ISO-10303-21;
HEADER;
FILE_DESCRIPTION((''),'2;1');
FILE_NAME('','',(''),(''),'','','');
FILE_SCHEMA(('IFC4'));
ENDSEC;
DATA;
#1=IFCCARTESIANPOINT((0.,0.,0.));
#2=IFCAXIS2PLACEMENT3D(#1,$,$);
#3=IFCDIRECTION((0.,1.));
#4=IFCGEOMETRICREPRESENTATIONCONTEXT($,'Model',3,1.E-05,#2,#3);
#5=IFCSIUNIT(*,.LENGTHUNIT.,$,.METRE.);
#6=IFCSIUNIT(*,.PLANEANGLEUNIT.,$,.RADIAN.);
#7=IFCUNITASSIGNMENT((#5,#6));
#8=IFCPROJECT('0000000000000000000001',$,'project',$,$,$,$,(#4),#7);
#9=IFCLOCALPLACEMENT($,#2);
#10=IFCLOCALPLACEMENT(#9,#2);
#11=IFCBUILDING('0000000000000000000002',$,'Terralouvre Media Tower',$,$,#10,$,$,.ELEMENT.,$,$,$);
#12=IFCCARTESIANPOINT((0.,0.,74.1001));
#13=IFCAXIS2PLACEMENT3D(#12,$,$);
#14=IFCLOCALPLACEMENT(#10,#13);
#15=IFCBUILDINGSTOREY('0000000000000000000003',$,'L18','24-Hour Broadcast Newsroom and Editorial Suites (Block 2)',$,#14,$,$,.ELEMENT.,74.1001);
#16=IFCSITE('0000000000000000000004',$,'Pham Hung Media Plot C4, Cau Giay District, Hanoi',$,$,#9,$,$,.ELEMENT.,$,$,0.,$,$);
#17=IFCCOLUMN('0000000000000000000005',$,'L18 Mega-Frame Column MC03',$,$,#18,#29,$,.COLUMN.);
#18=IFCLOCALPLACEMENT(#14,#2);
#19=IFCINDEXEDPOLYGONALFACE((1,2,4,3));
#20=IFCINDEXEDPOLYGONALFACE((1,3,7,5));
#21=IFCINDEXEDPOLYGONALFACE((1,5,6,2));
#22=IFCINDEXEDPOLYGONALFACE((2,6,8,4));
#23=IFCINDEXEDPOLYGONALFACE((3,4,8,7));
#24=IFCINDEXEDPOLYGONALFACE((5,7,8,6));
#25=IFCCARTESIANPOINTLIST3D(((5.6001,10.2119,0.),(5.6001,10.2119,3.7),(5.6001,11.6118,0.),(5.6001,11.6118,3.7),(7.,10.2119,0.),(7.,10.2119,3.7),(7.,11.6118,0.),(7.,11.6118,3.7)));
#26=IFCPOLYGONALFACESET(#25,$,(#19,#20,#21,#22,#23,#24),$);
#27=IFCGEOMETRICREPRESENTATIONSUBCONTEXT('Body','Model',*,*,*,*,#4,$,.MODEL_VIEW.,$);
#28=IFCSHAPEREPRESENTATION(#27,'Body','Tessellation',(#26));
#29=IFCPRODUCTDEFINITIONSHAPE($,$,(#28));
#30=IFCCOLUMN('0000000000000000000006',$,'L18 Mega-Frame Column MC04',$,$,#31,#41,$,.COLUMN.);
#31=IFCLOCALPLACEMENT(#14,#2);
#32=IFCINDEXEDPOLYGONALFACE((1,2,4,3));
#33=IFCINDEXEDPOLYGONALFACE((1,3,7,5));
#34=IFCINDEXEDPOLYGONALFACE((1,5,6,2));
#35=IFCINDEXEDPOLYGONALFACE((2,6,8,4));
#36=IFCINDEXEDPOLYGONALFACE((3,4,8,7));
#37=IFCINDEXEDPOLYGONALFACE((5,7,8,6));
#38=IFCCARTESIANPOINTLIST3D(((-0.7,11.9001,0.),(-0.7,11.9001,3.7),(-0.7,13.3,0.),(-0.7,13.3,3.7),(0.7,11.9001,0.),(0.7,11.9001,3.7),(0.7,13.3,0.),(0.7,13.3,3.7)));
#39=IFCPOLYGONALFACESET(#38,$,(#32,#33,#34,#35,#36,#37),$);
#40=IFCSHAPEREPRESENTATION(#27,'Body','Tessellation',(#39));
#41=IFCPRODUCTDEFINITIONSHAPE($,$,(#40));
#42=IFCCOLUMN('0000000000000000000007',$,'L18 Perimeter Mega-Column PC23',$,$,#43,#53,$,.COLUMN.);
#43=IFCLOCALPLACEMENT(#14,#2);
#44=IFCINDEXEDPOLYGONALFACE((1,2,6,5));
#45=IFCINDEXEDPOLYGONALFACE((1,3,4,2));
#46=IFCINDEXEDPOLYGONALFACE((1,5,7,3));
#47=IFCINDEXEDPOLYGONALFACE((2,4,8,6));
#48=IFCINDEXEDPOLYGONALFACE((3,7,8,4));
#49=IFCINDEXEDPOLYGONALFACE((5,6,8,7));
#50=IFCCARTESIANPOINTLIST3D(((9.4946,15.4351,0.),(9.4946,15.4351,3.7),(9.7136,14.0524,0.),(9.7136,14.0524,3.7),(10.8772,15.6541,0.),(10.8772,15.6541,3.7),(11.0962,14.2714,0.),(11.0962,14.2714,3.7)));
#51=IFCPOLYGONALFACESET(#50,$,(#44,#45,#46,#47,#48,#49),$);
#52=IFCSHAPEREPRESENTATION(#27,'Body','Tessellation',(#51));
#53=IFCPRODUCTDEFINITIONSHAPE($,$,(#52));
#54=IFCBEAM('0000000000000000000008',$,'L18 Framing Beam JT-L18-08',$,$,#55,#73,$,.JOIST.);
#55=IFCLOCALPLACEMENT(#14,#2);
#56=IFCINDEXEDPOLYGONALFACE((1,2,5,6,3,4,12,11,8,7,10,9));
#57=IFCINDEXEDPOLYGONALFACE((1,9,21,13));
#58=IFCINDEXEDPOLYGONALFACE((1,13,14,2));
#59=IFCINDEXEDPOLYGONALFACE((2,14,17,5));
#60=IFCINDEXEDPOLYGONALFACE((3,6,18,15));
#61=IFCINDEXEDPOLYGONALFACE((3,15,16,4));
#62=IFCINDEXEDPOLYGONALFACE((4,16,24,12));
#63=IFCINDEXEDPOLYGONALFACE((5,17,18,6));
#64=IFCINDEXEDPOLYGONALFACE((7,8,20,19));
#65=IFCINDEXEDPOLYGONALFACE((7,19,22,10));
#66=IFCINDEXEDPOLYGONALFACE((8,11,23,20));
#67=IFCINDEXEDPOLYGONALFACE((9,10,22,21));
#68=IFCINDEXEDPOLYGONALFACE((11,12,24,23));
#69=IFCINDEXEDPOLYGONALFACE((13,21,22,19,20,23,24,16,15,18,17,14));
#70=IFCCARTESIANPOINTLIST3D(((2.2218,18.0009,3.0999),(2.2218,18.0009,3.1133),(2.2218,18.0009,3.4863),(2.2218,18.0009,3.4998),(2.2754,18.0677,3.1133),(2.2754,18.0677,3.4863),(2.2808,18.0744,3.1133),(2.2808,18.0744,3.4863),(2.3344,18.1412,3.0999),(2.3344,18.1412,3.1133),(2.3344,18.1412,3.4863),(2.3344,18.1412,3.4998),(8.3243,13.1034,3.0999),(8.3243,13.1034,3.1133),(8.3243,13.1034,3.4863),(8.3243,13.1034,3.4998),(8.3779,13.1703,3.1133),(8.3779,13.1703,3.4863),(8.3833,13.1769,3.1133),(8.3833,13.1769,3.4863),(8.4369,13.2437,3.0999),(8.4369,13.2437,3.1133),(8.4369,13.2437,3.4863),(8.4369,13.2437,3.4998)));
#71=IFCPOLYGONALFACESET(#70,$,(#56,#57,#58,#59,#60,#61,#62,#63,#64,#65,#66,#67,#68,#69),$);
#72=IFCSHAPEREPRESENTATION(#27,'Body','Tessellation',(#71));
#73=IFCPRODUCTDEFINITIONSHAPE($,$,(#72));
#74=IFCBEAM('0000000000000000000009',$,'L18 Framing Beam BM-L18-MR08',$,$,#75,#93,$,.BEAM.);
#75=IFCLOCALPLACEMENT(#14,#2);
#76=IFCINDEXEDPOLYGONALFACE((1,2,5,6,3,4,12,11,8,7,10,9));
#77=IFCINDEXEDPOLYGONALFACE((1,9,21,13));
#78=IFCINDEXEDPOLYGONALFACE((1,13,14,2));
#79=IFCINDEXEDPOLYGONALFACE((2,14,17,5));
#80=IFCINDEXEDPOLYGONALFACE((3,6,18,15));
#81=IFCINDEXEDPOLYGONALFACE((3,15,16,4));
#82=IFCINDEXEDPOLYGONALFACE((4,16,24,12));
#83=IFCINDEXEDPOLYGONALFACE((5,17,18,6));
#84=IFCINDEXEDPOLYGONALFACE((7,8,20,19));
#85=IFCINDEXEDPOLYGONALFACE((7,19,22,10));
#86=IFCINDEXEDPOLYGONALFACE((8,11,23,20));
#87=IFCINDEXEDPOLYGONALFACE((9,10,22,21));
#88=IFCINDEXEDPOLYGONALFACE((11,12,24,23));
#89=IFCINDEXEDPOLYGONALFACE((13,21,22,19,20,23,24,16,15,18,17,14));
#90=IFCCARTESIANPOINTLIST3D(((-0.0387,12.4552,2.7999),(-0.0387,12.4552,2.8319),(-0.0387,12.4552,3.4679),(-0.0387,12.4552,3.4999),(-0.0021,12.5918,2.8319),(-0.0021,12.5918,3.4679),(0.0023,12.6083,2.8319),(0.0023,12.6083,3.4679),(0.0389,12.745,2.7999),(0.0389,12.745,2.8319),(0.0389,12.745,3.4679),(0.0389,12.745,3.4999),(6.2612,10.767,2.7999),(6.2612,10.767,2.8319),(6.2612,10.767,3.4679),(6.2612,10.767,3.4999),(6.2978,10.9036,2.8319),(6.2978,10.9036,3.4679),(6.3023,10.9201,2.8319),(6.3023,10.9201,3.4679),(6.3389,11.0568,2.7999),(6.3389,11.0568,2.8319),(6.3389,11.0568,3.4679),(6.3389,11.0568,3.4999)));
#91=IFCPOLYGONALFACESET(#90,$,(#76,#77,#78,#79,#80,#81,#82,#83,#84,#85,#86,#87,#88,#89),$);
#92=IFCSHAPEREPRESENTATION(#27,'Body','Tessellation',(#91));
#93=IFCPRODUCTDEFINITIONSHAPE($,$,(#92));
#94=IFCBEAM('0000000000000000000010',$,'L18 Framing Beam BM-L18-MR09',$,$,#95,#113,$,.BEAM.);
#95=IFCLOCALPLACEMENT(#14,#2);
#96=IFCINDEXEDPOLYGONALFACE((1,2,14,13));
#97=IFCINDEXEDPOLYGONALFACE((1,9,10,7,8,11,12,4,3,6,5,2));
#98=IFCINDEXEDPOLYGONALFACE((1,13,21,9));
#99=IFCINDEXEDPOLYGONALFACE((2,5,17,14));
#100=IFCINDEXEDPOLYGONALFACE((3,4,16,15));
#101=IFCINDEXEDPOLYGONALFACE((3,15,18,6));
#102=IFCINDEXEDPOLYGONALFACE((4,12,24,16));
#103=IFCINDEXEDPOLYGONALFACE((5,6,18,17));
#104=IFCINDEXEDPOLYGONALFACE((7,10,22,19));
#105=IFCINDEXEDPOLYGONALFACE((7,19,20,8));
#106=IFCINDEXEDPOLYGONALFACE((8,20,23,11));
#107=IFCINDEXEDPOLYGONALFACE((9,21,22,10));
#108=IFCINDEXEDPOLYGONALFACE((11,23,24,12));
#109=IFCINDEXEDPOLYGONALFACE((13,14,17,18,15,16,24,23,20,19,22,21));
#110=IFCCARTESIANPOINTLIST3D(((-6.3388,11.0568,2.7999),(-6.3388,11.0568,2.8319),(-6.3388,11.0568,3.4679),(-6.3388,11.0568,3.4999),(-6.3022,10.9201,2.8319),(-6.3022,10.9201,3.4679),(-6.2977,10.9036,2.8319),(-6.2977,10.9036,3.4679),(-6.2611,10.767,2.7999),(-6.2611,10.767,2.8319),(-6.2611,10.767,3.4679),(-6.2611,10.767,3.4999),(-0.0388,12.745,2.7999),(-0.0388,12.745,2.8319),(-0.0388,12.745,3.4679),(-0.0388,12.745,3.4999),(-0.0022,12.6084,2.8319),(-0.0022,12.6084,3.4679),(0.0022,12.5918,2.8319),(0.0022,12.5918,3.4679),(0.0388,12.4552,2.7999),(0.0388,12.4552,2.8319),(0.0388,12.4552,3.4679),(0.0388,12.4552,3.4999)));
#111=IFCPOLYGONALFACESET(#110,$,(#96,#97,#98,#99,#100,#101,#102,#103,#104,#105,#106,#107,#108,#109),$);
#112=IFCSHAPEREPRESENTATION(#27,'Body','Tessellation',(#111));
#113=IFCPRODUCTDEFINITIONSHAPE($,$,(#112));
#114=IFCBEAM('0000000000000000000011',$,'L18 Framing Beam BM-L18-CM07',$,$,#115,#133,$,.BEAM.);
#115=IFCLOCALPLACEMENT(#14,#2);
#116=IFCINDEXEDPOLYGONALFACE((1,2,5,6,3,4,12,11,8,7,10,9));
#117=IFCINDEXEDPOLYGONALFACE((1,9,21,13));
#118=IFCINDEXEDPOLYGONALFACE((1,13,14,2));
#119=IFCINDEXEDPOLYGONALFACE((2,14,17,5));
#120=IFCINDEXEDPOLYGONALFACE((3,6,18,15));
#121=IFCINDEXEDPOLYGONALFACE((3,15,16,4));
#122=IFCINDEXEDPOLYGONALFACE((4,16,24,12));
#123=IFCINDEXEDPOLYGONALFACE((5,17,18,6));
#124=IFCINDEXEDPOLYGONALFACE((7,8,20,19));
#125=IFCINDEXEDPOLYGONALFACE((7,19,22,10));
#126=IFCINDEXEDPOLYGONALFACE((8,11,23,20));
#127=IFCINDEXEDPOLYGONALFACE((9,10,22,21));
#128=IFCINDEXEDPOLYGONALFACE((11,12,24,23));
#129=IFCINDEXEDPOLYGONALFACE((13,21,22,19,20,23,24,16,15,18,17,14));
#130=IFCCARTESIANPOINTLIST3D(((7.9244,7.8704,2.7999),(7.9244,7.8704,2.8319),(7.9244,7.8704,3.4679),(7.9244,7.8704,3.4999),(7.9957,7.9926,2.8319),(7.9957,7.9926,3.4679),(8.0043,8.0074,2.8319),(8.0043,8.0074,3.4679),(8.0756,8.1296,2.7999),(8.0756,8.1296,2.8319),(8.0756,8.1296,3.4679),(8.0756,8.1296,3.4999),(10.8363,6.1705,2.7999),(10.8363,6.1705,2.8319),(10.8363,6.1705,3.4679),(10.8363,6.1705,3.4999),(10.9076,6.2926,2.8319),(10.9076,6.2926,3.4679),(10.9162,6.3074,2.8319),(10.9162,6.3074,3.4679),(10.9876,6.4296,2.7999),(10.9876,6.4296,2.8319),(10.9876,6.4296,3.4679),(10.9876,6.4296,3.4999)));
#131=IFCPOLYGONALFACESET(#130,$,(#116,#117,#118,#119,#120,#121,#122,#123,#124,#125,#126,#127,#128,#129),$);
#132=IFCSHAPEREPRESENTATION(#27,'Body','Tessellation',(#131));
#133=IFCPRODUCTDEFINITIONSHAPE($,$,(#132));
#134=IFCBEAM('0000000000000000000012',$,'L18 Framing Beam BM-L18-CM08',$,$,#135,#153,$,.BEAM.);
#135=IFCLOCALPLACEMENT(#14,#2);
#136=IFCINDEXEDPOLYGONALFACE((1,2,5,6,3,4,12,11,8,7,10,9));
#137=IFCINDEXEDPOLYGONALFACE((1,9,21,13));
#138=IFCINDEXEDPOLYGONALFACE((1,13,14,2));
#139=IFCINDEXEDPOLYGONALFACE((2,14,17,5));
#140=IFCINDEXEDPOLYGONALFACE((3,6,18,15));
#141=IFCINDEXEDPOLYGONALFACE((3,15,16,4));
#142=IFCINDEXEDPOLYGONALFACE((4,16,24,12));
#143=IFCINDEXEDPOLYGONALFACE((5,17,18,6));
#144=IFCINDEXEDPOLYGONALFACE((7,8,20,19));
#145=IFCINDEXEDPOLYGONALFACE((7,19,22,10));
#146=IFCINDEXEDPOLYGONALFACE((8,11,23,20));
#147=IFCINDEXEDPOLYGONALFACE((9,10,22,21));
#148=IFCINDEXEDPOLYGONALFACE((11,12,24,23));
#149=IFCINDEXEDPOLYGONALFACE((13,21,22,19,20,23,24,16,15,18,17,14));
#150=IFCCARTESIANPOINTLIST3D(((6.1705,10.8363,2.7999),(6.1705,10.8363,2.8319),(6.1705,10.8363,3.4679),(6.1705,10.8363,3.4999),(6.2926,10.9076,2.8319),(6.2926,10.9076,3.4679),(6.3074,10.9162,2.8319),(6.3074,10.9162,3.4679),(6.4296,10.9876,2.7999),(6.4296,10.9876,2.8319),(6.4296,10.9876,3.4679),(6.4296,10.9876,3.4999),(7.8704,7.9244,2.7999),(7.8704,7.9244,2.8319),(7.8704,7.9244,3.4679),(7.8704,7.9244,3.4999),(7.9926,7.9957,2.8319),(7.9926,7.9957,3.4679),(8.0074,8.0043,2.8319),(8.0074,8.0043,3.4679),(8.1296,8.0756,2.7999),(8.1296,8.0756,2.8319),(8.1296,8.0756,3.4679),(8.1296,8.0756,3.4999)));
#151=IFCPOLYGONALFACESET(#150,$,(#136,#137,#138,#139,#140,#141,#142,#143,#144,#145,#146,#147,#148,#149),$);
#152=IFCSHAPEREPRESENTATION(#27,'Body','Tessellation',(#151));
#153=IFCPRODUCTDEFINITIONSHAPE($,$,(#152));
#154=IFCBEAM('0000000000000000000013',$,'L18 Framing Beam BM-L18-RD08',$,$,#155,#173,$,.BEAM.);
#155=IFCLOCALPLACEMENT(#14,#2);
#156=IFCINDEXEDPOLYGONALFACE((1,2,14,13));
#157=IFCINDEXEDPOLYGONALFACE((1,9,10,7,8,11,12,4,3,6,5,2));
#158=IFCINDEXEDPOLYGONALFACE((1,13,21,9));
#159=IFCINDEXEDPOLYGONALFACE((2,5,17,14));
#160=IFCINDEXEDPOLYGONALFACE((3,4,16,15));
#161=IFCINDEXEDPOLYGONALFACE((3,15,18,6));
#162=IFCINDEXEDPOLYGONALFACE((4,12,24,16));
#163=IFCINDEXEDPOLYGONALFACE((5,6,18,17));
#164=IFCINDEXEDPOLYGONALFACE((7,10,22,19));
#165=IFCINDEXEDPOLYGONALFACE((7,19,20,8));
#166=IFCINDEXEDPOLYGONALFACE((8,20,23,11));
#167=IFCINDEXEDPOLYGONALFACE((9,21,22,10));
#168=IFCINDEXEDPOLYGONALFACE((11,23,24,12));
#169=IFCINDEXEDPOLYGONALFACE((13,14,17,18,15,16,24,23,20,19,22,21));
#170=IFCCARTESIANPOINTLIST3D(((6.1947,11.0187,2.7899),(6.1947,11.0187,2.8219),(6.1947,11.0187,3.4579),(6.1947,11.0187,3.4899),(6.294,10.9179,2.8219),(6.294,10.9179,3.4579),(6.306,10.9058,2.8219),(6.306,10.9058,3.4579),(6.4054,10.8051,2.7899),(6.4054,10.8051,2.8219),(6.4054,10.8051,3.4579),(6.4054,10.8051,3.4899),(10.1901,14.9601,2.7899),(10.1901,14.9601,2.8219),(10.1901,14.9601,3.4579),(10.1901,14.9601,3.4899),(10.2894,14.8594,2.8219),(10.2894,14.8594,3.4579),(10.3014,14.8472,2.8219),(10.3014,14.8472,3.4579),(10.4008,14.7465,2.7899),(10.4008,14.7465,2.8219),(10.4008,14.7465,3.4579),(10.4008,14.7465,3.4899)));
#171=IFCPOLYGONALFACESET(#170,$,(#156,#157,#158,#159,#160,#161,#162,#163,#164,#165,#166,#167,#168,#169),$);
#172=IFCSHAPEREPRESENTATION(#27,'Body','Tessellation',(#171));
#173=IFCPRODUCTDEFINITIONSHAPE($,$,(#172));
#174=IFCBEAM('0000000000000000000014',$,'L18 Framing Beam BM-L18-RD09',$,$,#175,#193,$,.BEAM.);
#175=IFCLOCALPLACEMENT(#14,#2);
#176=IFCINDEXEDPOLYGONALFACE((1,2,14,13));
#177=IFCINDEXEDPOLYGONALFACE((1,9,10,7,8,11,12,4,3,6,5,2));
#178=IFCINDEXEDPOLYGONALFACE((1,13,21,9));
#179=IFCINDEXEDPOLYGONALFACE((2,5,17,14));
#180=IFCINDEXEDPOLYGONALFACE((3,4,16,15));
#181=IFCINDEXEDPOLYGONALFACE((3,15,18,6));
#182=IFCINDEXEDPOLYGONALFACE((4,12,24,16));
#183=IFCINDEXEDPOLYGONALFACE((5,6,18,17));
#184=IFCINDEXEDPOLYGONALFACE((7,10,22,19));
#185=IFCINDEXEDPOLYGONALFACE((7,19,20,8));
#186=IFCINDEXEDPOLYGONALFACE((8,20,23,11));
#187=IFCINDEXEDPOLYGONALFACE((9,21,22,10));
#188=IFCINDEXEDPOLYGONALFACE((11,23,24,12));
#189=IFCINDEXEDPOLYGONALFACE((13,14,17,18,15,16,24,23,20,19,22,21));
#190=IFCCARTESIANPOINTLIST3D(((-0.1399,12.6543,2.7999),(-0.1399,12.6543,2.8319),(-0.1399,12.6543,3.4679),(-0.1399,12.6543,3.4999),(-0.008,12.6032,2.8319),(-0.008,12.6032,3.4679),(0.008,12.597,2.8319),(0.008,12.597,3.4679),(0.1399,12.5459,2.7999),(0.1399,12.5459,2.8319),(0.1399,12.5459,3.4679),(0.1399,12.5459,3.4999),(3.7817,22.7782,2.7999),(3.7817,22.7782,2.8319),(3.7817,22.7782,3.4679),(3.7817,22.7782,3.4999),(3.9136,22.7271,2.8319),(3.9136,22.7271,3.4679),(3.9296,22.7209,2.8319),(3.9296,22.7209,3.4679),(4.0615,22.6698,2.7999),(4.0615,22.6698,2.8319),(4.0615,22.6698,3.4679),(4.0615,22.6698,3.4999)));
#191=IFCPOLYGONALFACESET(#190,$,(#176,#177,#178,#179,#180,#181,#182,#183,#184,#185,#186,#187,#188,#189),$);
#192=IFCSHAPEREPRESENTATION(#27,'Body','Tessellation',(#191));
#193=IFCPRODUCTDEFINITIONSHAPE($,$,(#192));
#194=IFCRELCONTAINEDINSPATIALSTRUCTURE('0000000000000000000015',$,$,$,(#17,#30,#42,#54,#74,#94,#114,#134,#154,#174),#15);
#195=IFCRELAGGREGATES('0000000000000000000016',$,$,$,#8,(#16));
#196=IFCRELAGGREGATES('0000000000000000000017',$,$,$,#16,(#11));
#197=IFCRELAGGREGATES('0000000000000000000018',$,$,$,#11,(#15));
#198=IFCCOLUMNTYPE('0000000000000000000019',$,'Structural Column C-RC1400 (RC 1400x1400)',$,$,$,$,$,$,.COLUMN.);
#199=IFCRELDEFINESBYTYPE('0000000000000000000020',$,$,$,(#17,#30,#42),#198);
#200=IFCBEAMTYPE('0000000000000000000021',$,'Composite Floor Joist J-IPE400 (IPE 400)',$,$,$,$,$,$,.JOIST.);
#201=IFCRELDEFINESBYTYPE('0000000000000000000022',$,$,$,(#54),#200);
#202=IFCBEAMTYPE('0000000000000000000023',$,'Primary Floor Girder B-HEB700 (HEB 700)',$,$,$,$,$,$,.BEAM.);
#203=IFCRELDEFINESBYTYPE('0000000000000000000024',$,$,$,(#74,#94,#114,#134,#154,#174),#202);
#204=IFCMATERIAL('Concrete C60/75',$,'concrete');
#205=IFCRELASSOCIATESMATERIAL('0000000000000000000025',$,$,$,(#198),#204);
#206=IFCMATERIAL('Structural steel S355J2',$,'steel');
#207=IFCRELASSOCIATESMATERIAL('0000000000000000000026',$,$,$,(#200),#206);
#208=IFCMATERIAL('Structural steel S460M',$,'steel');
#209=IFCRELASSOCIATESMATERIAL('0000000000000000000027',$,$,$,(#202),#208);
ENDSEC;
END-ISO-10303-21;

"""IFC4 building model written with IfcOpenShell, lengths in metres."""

from ifc_helpers import new_model, si_unit, direction, frame, origin, origin_2d, place, context, subcontext, project, spatial, rectangle, i_section, extrude, material, material_profile, profile_set, type_object, element, save


model = new_model("IFC4")

# Units and contexts
model_context = context("Model", 3, precision=1e-05, world=origin(), true_north=direction((0.0, 1.0)))
body_context = subcontext(model_context, "Body", "Model", "MODEL_VIEW")
ifc_project = project(units=[si_unit("LENGTHUNIT", "METRE"), si_unit("PLANEANGLEUNIT", "RADIAN")], contexts=[model_context])

# Site, building, storey
site_placement = place(None, origin())
site = spatial("IfcSite", under=ifc_project, at=site_placement, Name="Pham Hung Media Plot C4, Cau Giay District, Hanoi", CompositionType="ELEMENT", RefElevation=0.0)
building_placement = place(site_placement, origin())
building = spatial("IfcBuilding", under=site, at=building_placement, Name="Terralouvre Media Tower", CompositionType="ELEMENT")
storey_placement = place(building_placement, frame((0.0, 0.0, 74.1001)))
storey = spatial("IfcBuildingStorey", under=building, at=storey_placement, Name="L18", Description="24-Hour Broadcast Newsroom and Editorial Suites (Block 2)", CompositionType="ELEMENT", Elevation=74.1001)

# Columns
ifc_material_1 = material(Name="Concrete C60/75", Category="concrete")
ifc_material_profile_1 = material_profile(ifc_material_1, rectangle(XDim=1.3999, YDim=1.3999, at=origin_2d()), Name="RC 1400x1400")
ifc_profile_set_1 = profile_set([ifc_material_profile_1], Name="Concrete C60/75")
column_type = type_object("IfcColumnType", Name="Structural Column C-RC1400 (RC 1400x1400)", PredefinedType="COLUMN", material=ifc_profile_set_1)
for number, where, z_axis, x_axis, name in (
    (1, (6.3, 10.9119, 0.0), (0.0, 0.0, 1.0), (1.0, 0.0, 0.0), "L18 Mega-Frame Column MC03"),
    (2, (0.0, 12.6001, 0.0), (0.0, 0.0, 1.0), (1.0, 0.0, 0.0), "L18 Mega-Frame Column MC04"),
    (3, (10.2954, 14.8533, 0.0), (0.0, 0.0, 1.0), (0.987688, 0.156434, 0.0), "L18 Perimeter Mega-Column PC23"),
):
    element("IfcColumn", number, at=place(storey_placement, frame(where, z_axis=z_axis, x_axis=x_axis)), inside=storey, type_object=column_type, Name=name, PredefinedType="COLUMN", context=body_context, shape_type="SweptSolid", body=[
        extrude(rectangle(XDim=1.3999, YDim=1.3999, at=origin_2d()), origin(), (0.0, 0.0, 1.0), 3.7),
    ])

# Beams
ifc_material_2 = material(Name="Structural steel S355J2", Category="steel")
ifc_material_profile_2 = material_profile(ifc_material_2, i_section(OverallWidth=0.1799, OverallDepth=0.3999, WebThickness=0.0085, FlangeThickness=0.0134, at=origin_2d()), Name="IPE 400")
ifc_profile_set_2 = profile_set([ifc_material_profile_2], Name="Structural steel S355J2")
beam_type_1 = type_object("IfcBeamType", Name="Composite Floor Joist J-IPE400 (IPE 400)", PredefinedType="JOIST", material=ifc_profile_set_2)
beam_1_placement = place(storey_placement, frame((8.3806, 13.1736, 3.2998), z_axis=(-0.779906, 0.625897, 0.0), x_axis=(-0.625897, -0.779906, 0.0)))
element("IfcBeam", 4, at=beam_1_placement, inside=storey, type_object=beam_type_1, Name="L18 Framing Beam JT-L18-08", PredefinedType="JOIST", context=body_context, shape_type="SweptSolid", body=[
    extrude(i_section(OverallWidth=0.1799, OverallDepth=0.3999, WebThickness=0.0085, FlangeThickness=0.0134, at=origin_2d()), origin(), (0.0, 0.0, 1.0), 7.8247),
])
ifc_material_3 = material(Name="Structural steel S460M", Category="steel")
ifc_material_profile_3 = material_profile(ifc_material_3, i_section(OverallWidth=0.3, OverallDepth=0.7, WebThickness=0.0171, FlangeThickness=0.032, at=origin_2d()), Name="HEB 700")
ifc_profile_set_3 = profile_set([ifc_material_profile_3], Name="Structural steel S460M")
beam_type_2 = type_object("IfcBeamType", Name="Primary Floor Girder B-HEB700 (HEB 700)", PredefinedType="BEAM", material=ifc_profile_set_3)
for number, where, z_axis, x_axis, name in (
    (5, (6.3, 10.9119, 3.1499), (-0.96592, 0.258839, 0.0), (-0.258839, -0.96592, 0.0), "L18 Framing Beam BM-L18-MR08"),
    (6, (0.0, 12.6001, 3.1499), (-0.96592, -0.258839, 0.0), (0.258839, -0.96592, 0.0), "L18 Framing Beam BM-L18-MR09"),
):
    element("IfcBeam", number, at=place(storey_placement, frame(where, z_axis=z_axis, x_axis=x_axis)), inside=storey, type_object=beam_type_2, Name=name, PredefinedType="BEAM", context=body_context, shape_type="SweptSolid", body=[
        extrude(i_section(OverallWidth=0.3, OverallDepth=0.7, WebThickness=0.0171, FlangeThickness=0.032, at=origin_2d()), origin(), (0.0, 0.0, 1.0), 6.5222),
    ])
for number, where, z_axis, x_axis, name in (
    (7, (8.0, 8.0, 3.1499), (0.863603, -0.504173, 0.0), (0.504173, 0.863603, 0.0), "L18 Framing Beam BM-L18-CM07"),
    (8, (8.0, 8.0, 3.1499), (-0.504173, 0.863603, 0.0), (-0.863603, -0.504173, 0.0), "L18 Framing Beam BM-L18-CM08"),
):
    element("IfcBeam", number, at=place(storey_placement, frame(where, z_axis=z_axis, x_axis=x_axis)), inside=storey, type_object=beam_type_2, Name=name, PredefinedType="BEAM", context=body_context, shape_type="SweptSolid", body=[
        extrude(i_section(OverallWidth=0.3, OverallDepth=0.7, WebThickness=0.0171, FlangeThickness=0.032, at=origin_2d()), origin(), (0.0, 0.0, 1.0), 3.3718),
    ])
beam_2_placement = place(storey_placement, frame((6.3, 10.9119, 3.1399), z_axis=(0.711897, 0.702284, 0.0), x_axis=(-0.702284, 0.711897, 0.0)))
element("IfcBeam", 9, at=beam_2_placement, inside=storey, type_object=beam_type_2, Name="L18 Framing Beam BM-L18-RD08", PredefinedType="BEAM", context=body_context, shape_type="SweptSolid", body=[
    extrude(i_section(OverallWidth=0.3, OverallDepth=0.7, WebThickness=0.0171, FlangeThickness=0.032, at=origin_2d()), origin(), (0.0, 0.0, 1.0), 5.6123),
])
beam_3_placement = place(storey_placement, frame((0.0, 12.6001, 3.1499), z_axis=(0.361207, 0.932486, 0.0), x_axis=(-0.932486, 0.361207, 0.0)))
element("IfcBeam", 10, at=beam_3_placement, inside=storey, type_object=beam_type_2, Name="L18 Framing Beam BM-L18-RD09", PredefinedType="BEAM", context=body_context, shape_type="SweptSolid", body=[
    extrude(i_section(OverallWidth=0.3, OverallDepth=0.7, WebThickness=0.0171, FlangeThickness=0.032, at=origin_2d()), origin(), (0.0, 0.0, 1.0), 10.8569),
])

save(model, "model.ifc")
